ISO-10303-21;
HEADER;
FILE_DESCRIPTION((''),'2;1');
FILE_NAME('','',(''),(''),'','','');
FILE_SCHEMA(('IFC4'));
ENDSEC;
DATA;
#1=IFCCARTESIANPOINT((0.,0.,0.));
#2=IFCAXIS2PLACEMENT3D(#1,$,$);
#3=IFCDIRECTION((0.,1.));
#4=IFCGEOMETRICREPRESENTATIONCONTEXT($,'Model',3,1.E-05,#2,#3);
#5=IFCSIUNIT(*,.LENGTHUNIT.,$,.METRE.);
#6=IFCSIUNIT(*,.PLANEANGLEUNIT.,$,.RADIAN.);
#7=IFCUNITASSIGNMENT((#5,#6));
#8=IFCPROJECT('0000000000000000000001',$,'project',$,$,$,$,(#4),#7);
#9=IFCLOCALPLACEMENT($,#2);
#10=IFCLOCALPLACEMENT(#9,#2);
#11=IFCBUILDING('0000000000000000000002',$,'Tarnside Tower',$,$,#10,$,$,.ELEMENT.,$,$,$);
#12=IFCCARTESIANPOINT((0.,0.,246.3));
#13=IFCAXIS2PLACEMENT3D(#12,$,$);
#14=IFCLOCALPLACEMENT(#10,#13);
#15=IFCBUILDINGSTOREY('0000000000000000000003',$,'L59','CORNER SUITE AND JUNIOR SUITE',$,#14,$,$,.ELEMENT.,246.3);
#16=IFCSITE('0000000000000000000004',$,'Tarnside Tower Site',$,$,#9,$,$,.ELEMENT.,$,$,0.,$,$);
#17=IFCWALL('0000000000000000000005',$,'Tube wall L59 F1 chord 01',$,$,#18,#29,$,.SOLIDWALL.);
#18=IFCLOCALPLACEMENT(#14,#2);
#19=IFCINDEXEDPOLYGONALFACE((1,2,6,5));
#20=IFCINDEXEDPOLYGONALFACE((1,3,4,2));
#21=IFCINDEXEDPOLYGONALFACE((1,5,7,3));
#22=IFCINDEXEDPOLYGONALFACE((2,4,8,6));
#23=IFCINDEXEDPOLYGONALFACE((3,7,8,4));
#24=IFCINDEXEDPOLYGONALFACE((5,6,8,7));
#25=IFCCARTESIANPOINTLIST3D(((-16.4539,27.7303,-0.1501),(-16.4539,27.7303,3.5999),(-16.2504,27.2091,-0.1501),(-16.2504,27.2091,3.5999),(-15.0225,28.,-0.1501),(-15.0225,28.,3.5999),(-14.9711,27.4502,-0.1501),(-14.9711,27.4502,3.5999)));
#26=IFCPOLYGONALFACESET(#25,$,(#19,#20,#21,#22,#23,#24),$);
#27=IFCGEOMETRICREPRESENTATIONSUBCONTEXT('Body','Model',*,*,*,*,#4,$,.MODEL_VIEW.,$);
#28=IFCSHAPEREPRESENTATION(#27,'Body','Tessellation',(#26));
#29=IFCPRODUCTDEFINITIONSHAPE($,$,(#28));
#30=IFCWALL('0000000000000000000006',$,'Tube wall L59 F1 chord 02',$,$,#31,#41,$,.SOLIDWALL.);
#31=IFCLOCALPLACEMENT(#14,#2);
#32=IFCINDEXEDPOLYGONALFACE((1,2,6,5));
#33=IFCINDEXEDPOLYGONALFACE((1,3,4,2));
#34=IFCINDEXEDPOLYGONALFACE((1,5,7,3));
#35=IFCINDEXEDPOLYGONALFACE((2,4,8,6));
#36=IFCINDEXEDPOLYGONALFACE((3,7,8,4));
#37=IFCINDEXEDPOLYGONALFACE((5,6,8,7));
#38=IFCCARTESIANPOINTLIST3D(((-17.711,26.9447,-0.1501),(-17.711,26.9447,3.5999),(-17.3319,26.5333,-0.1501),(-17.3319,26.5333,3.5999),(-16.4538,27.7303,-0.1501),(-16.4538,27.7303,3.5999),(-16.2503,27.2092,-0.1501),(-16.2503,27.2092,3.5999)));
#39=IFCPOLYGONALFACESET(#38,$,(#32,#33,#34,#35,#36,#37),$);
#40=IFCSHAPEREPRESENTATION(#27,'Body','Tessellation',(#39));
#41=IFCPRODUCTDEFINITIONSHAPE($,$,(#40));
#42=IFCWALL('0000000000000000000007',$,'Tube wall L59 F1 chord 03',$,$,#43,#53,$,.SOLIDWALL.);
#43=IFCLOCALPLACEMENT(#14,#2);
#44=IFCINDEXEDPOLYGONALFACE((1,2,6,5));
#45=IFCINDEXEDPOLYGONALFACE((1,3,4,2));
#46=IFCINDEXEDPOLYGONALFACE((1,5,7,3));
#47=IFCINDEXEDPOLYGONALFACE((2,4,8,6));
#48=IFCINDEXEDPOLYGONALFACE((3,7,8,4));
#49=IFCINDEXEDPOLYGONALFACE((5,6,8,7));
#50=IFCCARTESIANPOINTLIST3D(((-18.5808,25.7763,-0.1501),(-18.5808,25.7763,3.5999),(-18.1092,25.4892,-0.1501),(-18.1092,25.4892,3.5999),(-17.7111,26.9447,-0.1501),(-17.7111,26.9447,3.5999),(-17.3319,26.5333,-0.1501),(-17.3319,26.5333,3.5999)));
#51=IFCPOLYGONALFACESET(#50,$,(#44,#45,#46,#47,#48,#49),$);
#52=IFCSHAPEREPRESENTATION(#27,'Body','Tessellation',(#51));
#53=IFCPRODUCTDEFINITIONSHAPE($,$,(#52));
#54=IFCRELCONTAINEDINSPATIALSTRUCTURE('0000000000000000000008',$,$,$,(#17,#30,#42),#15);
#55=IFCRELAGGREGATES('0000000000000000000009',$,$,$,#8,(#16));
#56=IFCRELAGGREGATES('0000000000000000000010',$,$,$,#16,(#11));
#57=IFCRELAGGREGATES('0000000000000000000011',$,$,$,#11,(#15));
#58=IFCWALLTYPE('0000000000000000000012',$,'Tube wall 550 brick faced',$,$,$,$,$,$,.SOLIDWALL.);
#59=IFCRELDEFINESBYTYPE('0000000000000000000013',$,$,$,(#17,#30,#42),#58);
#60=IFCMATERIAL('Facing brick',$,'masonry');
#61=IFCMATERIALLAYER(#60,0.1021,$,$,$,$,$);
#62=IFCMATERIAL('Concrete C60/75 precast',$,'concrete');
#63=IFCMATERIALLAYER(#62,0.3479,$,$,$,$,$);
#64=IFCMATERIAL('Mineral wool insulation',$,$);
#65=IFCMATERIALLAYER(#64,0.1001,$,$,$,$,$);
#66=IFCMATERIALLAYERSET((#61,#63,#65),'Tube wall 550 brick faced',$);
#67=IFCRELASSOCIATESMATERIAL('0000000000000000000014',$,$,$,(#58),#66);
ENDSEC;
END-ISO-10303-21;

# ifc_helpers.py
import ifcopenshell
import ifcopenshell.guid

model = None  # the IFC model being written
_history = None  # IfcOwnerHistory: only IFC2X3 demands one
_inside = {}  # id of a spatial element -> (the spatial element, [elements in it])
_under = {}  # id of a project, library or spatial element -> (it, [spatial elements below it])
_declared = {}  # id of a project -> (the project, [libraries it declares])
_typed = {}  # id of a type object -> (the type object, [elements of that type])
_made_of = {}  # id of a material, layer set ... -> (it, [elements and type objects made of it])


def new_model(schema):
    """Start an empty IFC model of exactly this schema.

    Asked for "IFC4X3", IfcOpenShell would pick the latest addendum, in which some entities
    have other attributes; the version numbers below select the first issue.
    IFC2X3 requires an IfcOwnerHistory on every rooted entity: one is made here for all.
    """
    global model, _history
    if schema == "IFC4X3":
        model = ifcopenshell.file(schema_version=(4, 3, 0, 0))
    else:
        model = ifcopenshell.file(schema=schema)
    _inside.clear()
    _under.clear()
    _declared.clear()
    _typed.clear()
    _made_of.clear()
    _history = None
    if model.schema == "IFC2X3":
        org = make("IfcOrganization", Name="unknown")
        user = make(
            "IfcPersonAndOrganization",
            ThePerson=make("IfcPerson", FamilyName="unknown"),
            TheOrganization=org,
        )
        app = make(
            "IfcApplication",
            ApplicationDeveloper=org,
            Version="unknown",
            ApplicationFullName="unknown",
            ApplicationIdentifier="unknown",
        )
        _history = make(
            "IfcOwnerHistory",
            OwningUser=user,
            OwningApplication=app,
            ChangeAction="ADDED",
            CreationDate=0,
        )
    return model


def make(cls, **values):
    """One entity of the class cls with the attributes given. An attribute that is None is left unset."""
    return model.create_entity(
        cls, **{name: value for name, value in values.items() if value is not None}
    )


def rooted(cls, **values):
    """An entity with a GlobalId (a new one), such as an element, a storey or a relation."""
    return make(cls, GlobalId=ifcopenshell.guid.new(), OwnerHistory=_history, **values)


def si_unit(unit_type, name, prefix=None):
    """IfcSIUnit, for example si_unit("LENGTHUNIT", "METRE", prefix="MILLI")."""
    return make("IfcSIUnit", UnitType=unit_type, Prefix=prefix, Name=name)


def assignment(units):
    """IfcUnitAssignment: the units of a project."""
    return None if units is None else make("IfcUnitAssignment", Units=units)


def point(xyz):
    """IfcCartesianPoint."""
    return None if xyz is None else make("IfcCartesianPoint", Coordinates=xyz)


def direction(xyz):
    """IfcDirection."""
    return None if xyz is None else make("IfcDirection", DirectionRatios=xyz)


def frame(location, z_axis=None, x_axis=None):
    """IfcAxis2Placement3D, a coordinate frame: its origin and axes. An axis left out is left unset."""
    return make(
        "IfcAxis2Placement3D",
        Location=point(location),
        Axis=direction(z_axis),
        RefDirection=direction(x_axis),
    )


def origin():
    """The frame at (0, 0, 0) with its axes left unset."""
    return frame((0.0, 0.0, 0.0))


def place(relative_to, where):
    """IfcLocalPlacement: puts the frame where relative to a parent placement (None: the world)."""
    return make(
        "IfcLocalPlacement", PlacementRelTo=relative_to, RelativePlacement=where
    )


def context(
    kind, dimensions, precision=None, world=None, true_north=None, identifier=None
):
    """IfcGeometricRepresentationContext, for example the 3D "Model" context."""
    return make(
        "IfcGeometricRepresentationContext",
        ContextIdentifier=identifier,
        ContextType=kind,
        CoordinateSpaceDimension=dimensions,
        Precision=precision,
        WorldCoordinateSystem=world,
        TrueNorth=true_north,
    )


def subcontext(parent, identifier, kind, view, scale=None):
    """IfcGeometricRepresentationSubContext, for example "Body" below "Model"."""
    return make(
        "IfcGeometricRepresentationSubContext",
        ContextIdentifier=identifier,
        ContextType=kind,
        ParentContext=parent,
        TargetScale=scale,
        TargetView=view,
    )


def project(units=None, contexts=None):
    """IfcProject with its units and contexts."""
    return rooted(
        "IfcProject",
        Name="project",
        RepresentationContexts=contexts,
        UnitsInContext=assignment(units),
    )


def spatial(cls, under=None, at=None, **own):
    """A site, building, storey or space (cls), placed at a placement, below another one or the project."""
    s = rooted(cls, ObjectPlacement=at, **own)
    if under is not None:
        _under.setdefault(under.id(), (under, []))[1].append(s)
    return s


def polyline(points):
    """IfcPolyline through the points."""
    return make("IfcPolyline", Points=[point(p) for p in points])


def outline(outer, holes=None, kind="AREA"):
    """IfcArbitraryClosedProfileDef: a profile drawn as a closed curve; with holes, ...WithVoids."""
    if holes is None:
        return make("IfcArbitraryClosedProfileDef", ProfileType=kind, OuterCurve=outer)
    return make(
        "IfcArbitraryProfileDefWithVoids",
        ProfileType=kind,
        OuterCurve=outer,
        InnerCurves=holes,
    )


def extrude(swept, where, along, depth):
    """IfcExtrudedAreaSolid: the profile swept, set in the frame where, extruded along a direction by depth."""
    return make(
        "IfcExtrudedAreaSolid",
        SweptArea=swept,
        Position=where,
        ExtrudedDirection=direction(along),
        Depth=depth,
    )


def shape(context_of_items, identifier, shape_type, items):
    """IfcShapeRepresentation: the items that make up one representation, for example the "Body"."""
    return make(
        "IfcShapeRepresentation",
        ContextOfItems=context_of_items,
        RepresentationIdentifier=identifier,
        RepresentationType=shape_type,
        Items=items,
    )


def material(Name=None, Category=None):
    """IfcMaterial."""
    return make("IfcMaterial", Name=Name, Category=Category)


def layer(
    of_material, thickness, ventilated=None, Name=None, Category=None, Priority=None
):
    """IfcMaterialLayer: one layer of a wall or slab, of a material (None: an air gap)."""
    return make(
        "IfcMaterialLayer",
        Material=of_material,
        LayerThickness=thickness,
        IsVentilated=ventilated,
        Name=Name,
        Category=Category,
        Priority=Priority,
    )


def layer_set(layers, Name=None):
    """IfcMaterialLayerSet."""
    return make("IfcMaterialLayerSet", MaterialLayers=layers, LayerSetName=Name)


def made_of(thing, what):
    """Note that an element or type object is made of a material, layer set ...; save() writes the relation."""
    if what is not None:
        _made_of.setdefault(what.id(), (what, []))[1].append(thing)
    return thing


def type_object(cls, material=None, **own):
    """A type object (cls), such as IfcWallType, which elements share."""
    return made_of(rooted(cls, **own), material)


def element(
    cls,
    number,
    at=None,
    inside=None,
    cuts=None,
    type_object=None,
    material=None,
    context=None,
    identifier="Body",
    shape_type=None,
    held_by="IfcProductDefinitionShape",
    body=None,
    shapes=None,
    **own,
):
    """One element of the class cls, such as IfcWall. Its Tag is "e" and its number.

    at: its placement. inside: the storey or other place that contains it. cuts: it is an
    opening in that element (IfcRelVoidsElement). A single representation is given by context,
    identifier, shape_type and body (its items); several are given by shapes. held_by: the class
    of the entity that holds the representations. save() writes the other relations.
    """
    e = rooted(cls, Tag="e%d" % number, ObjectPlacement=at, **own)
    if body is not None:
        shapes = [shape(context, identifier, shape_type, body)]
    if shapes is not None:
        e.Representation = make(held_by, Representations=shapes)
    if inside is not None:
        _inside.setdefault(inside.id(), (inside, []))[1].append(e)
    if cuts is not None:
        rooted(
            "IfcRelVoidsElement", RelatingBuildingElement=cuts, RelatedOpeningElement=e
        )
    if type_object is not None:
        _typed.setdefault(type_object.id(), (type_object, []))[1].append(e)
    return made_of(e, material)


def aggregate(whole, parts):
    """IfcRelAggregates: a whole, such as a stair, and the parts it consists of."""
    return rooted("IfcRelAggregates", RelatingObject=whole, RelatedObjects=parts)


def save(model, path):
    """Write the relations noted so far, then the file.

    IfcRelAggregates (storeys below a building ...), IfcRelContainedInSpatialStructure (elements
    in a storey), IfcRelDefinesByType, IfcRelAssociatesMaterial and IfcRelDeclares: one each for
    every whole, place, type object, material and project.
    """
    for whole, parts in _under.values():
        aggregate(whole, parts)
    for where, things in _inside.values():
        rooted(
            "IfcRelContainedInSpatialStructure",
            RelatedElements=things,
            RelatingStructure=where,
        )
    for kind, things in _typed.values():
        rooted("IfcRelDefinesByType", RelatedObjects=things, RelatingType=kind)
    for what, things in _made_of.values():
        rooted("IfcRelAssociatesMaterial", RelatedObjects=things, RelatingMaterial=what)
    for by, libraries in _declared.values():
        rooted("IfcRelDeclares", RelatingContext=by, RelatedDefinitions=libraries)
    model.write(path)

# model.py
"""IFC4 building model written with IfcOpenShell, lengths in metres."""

from ifc_helpers import new_model, si_unit, direction, frame, origin, place, context, subcontext, project, spatial, polyline, outline, extrude, material, layer, layer_set, type_object, element, save


model = new_model("IFC4")

# Units and contexts
model_context = context("Model", 3, precision=1e-05, world=origin(), true_north=direction((0.0, 1.0)))
body_context = subcontext(model_context, "Body", "Model", "MODEL_VIEW")
ifc_project = project(units=[si_unit("LENGTHUNIT", "METRE"), si_unit("PLANEANGLEUNIT", "RADIAN")], contexts=[model_context])

# Site, building, storey
site_placement = place(None, origin())
site = spatial("IfcSite", under=ifc_project, at=site_placement, Name="Tarnside Tower Site", CompositionType="ELEMENT", RefElevation=0.0)
building_placement = place(site_placement, origin())
building = spatial("IfcBuilding", under=site, at=building_placement, Name="Tarnside Tower", CompositionType="ELEMENT")
storey_placement = place(building_placement, frame((0.0, 0.0, 246.3)))
storey = spatial("IfcBuildingStorey", under=building, at=storey_placement, Name="L59", Description="CORNER SUITE AND JUNIOR SUITE", CompositionType="ELEMENT", Elevation=246.3)

# Walls
ifc_material_1 = material(Name="Facing brick", Category="masonry")
ifc_layer_1 = layer(ifc_material_1, 0.1021)
ifc_material_2 = material(Name="Concrete C60/75 precast", Category="concrete")
ifc_layer_2 = layer(ifc_material_2, 0.3479)
ifc_material_3 = material(Name="Mineral wool insulation")
ifc_layer_3 = layer(ifc_material_3, 0.1001)
ifc_layer_set_1 = layer_set([ifc_layer_1, ifc_layer_2, ifc_layer_3], Name="Tube wall 550 brick faced")
wall_type_1 = type_object("IfcWallType", Name="Tube wall 550 brick faced", PredefinedType="SOLIDWALL", material=ifc_layer_set_1)
wall_1_placement = place(storey_placement, frame((-14.9968, 27.7251, -0.1501), z_axis=(0.0, 0.0, 1.0), x_axis=(-0.982705, -0.185176, 0.0)))
element("IfcWall", 1, at=wall_1_placement, inside=storey, type_object=wall_type_1, Name="Tube wall L59 F1 chord 01", PredefinedType="SOLIDWALL", context=body_context, shape_type="SweptSolid", body=[
    extrude(outline(polyline([(-0.0256, -0.2749), (1.4309, -0.2749), (1.3274, 0.2749), (0.0256, 0.2749), (-0.0256, -0.2749)])), origin(), (0.0, 0.0, 1.0), 3.75),
])
wall_2_placement = place(storey_placement, frame((-16.3521, 27.4697, -0.1501), z_axis=(0.0, 0.0, 1.0), x_axis=(-0.848058, -0.529903, 0.0)))
element("IfcWall", 2, at=wall_2_placement, inside=storey, type_object=wall_type_1, Name="Tube wall L59 F1 chord 02", PredefinedType="SOLIDWALL", context=body_context, shape_type="SweptSolid", body=[
    extrude(outline(polyline([(-0.0518, -0.2749), (1.4307, -0.2749), (1.3271, 0.2749), (0.0518, 0.2749), (-0.0518, -0.2749)])), origin(), (0.0, 0.0, 1.0), 3.75),
])
wall_3_placement = place(storey_placement, frame((-17.5215, 26.739, -0.1501), z_axis=(0.0, 0.0, 1.0), x_axis=(-0.597135, -0.802141, 0.0)))
element("IfcWall", 3, at=wall_3_placement, inside=storey, type_object=wall_type_1, Name="Tube wall L59 F1 chord 03", PredefinedType="SOLIDWALL", context=body_context, shape_type="SweptSolid", body=[
    extrude(outline(polyline([(-0.0518, -0.2749), (1.4048, -0.2749), (1.3535, 0.2749), (0.0518, 0.2749), (-0.0518, -0.2749)])), origin(), (0.0, 0.0, 1.0), 3.75),
])

save(model, "model.ifc")
